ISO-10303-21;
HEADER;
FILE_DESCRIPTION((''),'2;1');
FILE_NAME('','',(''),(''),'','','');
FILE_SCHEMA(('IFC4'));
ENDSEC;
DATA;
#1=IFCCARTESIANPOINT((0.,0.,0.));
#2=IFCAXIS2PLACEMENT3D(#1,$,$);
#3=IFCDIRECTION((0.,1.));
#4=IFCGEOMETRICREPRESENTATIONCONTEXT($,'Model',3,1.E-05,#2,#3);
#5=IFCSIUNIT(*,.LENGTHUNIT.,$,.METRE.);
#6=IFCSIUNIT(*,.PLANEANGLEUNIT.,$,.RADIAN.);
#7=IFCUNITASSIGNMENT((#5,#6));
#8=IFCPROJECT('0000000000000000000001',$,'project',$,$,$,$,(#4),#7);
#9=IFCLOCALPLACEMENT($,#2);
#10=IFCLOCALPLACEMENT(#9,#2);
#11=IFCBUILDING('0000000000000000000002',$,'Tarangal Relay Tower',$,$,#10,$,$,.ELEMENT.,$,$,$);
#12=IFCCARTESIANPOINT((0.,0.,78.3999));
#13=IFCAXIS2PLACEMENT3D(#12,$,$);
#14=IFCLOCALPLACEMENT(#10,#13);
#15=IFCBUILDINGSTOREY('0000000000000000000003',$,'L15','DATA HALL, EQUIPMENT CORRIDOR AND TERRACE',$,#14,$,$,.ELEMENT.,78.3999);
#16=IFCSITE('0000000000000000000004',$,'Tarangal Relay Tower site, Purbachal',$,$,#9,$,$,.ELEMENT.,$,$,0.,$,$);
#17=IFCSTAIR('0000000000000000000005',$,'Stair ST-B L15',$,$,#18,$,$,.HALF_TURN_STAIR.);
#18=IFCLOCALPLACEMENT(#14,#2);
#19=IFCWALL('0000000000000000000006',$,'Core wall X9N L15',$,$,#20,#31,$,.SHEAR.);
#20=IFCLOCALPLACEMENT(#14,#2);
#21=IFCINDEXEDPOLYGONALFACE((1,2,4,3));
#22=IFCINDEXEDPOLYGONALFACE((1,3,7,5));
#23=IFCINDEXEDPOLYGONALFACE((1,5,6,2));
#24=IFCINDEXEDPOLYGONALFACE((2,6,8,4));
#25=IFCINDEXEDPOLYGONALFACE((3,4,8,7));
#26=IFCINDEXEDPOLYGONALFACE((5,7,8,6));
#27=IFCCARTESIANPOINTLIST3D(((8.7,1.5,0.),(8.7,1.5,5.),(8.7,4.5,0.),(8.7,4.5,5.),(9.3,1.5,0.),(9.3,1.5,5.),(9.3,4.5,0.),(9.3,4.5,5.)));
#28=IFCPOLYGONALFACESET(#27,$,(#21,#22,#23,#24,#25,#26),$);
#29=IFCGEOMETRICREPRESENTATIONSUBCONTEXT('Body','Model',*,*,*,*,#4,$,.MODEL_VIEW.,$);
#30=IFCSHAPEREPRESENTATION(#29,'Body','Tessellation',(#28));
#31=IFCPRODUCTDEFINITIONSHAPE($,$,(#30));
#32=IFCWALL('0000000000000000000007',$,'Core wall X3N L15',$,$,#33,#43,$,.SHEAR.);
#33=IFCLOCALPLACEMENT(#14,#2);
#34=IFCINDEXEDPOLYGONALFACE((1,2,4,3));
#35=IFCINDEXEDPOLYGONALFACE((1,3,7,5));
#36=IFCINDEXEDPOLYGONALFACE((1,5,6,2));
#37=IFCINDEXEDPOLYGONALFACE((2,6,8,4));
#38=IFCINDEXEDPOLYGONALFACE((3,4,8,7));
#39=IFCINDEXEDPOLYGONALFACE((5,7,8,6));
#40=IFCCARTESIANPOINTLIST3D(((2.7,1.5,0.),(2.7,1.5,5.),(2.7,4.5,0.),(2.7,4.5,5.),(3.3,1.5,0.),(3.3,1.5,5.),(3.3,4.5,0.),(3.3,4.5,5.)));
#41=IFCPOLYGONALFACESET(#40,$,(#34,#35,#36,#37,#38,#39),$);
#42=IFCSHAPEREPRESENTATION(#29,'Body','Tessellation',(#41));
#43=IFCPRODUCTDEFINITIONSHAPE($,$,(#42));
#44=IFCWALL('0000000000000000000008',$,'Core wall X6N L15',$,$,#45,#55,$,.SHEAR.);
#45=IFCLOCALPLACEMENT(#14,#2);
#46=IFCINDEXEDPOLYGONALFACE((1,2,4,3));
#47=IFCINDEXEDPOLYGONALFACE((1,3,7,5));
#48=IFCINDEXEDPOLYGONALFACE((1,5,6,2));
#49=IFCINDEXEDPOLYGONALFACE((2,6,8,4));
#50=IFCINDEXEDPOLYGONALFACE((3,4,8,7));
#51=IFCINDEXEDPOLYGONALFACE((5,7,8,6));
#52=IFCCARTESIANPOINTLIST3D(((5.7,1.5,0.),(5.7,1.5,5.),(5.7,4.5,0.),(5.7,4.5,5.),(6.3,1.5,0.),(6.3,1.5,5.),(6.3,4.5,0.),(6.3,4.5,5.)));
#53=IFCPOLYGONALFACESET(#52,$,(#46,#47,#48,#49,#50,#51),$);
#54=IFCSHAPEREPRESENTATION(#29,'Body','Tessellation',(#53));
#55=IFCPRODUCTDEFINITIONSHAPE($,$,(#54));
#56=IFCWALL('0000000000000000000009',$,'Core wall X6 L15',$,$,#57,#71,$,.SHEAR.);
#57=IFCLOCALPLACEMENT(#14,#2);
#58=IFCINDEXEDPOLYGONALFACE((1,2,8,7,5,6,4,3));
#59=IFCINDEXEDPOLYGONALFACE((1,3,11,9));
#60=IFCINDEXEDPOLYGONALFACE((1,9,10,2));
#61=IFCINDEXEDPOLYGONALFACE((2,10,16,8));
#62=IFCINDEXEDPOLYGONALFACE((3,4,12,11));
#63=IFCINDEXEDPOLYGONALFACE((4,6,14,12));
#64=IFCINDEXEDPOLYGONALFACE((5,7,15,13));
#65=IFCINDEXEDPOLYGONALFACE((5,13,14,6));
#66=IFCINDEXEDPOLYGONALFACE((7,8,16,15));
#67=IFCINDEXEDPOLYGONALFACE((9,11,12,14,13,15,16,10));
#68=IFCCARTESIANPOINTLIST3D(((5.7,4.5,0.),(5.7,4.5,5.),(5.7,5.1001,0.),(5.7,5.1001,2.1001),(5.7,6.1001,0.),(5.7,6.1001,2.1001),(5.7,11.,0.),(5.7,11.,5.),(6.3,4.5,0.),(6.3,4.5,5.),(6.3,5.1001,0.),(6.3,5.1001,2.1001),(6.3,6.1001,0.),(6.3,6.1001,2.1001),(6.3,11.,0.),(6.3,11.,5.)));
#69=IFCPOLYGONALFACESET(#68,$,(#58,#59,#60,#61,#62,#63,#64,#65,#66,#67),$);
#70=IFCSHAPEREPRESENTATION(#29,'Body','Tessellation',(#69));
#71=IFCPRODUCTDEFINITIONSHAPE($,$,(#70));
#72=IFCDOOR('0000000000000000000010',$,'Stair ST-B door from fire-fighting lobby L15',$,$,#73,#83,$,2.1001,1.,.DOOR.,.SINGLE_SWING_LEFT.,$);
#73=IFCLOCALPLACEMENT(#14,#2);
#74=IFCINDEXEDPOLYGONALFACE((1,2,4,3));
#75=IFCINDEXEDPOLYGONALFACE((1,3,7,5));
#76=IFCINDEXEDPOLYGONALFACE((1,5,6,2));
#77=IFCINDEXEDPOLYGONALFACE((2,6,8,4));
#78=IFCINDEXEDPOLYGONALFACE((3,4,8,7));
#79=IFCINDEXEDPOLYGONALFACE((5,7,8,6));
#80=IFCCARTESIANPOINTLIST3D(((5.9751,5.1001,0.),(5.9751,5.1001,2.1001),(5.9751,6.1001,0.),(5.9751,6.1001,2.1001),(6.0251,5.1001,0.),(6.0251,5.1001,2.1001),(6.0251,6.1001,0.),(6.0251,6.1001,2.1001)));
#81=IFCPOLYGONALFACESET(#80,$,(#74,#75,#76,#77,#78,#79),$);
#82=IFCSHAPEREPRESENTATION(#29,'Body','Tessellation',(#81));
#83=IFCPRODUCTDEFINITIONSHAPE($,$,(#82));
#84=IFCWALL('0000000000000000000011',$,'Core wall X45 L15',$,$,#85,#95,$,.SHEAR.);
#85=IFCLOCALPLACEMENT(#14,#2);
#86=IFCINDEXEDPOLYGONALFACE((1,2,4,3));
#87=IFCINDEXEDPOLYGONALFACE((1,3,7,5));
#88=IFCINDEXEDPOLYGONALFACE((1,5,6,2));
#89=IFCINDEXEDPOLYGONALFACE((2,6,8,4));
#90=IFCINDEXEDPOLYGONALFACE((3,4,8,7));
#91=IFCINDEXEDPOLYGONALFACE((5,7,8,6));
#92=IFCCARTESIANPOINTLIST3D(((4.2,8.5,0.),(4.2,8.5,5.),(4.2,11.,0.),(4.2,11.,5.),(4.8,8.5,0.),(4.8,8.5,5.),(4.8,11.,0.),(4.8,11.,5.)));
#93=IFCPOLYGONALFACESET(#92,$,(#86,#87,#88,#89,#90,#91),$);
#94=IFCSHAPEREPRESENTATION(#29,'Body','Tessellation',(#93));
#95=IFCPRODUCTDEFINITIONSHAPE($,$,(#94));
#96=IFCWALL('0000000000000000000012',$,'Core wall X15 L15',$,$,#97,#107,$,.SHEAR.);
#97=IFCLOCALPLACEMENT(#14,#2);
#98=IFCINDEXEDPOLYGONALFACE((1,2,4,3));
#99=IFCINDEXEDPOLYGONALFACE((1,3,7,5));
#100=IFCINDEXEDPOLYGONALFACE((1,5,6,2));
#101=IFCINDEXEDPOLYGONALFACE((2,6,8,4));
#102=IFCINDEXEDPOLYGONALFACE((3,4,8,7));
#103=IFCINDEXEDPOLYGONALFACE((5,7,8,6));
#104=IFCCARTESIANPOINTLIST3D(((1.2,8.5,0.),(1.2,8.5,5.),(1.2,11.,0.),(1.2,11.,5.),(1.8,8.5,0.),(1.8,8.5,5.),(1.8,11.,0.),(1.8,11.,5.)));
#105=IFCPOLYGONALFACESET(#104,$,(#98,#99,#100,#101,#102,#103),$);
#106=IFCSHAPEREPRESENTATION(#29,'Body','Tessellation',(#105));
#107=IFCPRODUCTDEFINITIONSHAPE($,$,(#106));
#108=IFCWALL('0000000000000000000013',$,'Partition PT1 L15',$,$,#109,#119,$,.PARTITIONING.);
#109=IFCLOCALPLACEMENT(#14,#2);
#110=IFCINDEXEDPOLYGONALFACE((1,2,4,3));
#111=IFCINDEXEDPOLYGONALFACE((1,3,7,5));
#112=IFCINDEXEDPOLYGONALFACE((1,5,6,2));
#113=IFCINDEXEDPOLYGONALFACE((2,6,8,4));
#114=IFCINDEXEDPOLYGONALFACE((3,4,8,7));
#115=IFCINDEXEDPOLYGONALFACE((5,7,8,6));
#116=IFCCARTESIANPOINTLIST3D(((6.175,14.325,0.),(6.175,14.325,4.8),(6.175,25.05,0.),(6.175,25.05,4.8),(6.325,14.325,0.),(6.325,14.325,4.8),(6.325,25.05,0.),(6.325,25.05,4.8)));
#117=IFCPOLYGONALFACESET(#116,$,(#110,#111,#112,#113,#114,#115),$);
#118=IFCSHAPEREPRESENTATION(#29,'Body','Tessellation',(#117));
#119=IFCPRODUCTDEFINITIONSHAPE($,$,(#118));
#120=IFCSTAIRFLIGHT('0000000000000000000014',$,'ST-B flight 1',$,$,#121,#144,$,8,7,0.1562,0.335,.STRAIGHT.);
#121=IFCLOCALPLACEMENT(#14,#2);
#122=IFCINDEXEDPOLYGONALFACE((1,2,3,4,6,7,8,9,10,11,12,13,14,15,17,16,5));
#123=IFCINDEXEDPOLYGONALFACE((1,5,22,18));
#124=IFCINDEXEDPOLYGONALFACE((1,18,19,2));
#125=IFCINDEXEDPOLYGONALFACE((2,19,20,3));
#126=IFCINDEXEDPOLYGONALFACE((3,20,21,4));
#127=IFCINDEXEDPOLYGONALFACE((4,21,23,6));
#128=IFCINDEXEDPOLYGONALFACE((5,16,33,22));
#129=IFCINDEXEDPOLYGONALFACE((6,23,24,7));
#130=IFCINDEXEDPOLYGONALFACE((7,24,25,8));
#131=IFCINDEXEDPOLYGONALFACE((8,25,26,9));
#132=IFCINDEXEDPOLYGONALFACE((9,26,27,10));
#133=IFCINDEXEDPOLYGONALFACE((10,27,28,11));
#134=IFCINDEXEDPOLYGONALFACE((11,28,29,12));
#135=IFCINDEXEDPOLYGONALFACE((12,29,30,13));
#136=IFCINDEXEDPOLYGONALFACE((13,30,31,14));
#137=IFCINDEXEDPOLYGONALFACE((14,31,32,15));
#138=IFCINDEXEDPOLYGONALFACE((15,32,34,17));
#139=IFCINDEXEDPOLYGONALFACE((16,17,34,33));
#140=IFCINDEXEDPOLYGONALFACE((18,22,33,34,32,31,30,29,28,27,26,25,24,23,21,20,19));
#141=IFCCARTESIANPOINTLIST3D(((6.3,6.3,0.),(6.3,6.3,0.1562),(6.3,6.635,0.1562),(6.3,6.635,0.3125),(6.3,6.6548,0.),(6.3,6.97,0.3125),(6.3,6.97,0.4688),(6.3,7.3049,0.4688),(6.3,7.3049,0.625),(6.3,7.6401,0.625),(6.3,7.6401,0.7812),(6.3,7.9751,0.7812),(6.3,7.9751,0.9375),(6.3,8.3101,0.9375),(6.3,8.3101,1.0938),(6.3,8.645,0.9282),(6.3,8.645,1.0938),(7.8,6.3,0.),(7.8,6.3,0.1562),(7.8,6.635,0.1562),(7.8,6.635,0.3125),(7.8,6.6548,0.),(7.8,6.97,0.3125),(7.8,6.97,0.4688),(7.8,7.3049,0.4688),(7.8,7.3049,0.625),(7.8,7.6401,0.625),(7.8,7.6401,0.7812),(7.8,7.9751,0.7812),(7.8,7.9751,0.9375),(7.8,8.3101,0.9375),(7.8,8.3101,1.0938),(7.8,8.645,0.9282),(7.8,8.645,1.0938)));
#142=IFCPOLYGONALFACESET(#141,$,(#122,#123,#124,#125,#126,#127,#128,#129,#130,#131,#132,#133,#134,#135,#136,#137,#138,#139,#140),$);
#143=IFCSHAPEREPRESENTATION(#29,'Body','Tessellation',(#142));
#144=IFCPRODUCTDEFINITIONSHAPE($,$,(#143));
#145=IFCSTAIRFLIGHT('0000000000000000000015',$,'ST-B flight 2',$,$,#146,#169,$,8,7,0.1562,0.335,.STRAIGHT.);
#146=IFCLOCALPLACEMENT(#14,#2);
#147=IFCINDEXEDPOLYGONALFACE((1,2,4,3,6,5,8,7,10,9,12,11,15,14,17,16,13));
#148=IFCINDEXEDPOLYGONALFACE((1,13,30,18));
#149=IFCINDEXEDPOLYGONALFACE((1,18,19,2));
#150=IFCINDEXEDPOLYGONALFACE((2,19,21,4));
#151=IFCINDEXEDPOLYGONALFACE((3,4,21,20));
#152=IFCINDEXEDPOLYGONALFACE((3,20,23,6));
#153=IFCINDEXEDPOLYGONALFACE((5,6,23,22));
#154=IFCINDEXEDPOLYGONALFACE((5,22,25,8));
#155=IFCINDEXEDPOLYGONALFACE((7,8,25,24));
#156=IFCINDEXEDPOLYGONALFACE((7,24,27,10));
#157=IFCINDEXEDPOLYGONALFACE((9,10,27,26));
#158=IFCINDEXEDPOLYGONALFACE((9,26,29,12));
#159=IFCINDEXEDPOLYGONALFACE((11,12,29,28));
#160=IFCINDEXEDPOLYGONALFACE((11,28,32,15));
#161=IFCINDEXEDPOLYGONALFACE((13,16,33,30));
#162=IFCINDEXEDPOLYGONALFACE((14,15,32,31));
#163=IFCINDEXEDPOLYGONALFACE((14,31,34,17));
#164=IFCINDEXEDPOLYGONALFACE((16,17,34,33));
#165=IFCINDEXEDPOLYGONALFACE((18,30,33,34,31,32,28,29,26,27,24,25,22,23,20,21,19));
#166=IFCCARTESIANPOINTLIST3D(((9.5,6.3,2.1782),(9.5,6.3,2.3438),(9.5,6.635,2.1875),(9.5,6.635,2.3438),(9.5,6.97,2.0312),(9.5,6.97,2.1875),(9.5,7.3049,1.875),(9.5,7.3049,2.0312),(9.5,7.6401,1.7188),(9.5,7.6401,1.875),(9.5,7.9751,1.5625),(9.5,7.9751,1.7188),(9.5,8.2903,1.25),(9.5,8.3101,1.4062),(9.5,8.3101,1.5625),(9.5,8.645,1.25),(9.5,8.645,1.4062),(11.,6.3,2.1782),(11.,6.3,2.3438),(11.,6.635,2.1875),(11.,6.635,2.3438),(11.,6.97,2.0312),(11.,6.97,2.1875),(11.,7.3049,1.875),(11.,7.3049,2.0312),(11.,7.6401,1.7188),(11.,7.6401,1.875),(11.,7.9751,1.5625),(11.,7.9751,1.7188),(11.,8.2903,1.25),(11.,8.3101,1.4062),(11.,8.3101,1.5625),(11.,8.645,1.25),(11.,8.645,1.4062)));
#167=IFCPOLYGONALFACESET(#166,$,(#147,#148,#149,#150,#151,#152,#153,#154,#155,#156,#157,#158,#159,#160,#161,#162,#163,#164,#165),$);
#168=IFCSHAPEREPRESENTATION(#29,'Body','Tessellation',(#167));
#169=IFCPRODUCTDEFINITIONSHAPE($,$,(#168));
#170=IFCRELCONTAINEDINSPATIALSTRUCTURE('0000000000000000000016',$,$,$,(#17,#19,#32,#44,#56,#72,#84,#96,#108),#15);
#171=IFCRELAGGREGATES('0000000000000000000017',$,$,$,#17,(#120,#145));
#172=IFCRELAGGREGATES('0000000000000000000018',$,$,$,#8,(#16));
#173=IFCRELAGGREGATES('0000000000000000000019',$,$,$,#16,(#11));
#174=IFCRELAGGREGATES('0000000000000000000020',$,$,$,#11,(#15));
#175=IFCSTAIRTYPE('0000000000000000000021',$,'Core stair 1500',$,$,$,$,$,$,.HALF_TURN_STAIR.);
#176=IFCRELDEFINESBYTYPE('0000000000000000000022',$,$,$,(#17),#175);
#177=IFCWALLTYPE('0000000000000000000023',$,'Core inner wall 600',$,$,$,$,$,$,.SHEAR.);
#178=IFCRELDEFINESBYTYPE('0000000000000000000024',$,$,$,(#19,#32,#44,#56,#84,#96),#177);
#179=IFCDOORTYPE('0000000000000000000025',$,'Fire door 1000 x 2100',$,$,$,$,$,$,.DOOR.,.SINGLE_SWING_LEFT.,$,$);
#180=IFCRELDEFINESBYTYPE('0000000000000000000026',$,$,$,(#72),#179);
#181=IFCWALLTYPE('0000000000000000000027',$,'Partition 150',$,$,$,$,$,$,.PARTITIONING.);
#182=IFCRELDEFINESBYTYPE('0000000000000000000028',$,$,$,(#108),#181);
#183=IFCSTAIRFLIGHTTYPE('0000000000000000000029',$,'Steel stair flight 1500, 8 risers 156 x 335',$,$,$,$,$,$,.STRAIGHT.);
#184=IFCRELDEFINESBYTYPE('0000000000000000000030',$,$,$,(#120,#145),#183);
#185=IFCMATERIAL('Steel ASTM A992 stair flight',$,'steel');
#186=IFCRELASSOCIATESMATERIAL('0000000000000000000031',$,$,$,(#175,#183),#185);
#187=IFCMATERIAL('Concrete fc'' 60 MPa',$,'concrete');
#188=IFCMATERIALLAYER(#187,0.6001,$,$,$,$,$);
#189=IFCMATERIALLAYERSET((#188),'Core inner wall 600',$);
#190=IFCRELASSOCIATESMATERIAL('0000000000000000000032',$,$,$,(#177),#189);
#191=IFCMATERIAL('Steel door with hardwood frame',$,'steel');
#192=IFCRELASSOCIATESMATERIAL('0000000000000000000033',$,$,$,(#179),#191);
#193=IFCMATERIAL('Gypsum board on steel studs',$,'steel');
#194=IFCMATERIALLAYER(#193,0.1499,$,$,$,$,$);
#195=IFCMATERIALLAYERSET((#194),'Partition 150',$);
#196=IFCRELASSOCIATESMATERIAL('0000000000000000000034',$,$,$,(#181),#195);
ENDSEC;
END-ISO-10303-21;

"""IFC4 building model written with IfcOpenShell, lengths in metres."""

from ifc_helpers import new_model, si_unit, direction, frame, frame_2d, origin, place, context, subcontext, project, spatial, polyline, rectangle, outline, extrude, material, layer, layer_set, type_object, element, fill, aggregate, save


model = new_model("IFC4")

# Units and contexts
model_context = context("Model", 3, precision=1e-05, world=origin(), true_north=direction((0.0, 1.0)))
body_context = subcontext(model_context, "Body", "Model", "MODEL_VIEW")
ifc_project = project(units=[si_unit("LENGTHUNIT", "METRE"), si_unit("PLANEANGLEUNIT", "RADIAN")], contexts=[model_context])

# Site, building, storey
site_placement = place(None, origin())
site = spatial("IfcSite", under=ifc_project, at=site_placement, Name="Tarangal Relay Tower site, Purbachal", CompositionType="ELEMENT", RefElevation=0.0)
building_placement = place(site_placement, origin())
building = spatial("IfcBuilding", under=site, at=building_placement, Name="Tarangal Relay Tower", CompositionType="ELEMENT")
storey_placement = place(building_placement, frame((0.0, 0.0, 78.3999)))
storey = spatial("IfcBuildingStorey", under=building, at=storey_placement, Name="L15", Description="DATA HALL, EQUIPMENT CORRIDOR AND TERRACE", CompositionType="ELEMENT", Elevation=78.3999)

# Stair
ifc_material_1 = material(Name="Steel ASTM A992 stair flight", Category="steel")
stair_type = type_object("IfcStairType", Name="Core stair 1500", PredefinedType="HALF_TURN_STAIR", material=ifc_material_1)
stair_1_placement = place(storey_placement, origin())
stair_1 = element("IfcStair", 1, at=stair_1_placement, inside=storey, type_object=stair_type, Name="Stair ST-B L15", PredefinedType="HALF_TURN_STAIR")

# Walls
ifc_material_2 = material(Name="Concrete fc' 60 MPa", Category="concrete")
ifc_layer_1 = layer(ifc_material_2, 0.6001)
ifc_layer_set_1 = layer_set([ifc_layer_1], Name="Core inner wall 600")
wall_type_1 = type_object("IfcWallType", Name="Core inner wall 600", PredefinedType="SHEAR", material=ifc_layer_set_1)
for number, where, z_axis, x_axis, name in (
    (2, (9.0, 1.5, 0.0), (0.0, 0.0, 1.0), (0.0, 1.0, 0.0), "Core wall X9N L15"),
    (3, (3.0, 1.5, 0.0), (0.0, 0.0, 1.0), (0.0, 1.0, 0.0), "Core wall X3N L15"),
    (4, (6.0, 1.5, 0.0), (0.0, 0.0, 1.0), (0.0, 1.0, 0.0), "Core wall X6N L15"),
):
    element("IfcWall", number, at=place(storey_placement, frame(where, z_axis=z_axis, x_axis=x_axis)), inside=storey, type_object=wall_type_1, Name=name, PredefinedType="SHEAR", context=body_context, shape_type="SweptSolid", body=[
        extrude(rectangle(XDim=3.0, YDim=0.6001, at=frame_2d((1.5, 0.0))), origin(), (0.0, 0.0, 1.0), 5.0),
    ])

# Wall, opening, door
wall_1_placement = place(storey_placement, frame((6.0, 4.5, 0.0), z_axis=(0.0, 0.0, 1.0), x_axis=(0.0, 1.0, 0.0)))
wall_1 = element("IfcWall", 5, at=wall_1_placement, inside=storey, type_object=wall_type_1, Name="Core wall X6 L15", PredefinedType="SHEAR", context=body_context, shape_type="SweptSolid", body=[
    extrude(rectangle(XDim=6.5, YDim=0.6001, at=frame_2d((3.25, 0.0))), origin(), (0.0, 0.0, 1.0), 5.0),
])
opening_placement = place(wall_1_placement, frame((0.6001, 0.0, 0.0)))
opening = element("IfcOpeningElement", 6, at=opening_placement, cuts=wall_1, PredefinedType="OPENING", context=body_context, shape_type="SweptSolid", body=[
    extrude(rectangle(XDim=1.0, YDim=2.1001, at=frame_2d((0.5, 1.05))), frame((0.0, 0.3101, 0.0), z_axis=(0.0, -1.0, 0.0), x_axis=(1.0, 0.0, 0.0)), (0.0, 0.0, 1.0), 0.6201),
])
ifc_material_3 = material(Name="Steel door with hardwood frame", Category="steel")
door_type = type_object("IfcDoorType", Name="Fire door 1000 x 2100", OperationType="SINGLE_SWING_LEFT", PredefinedType="DOOR", material=ifc_material_3)
door_placement = place(opening_placement, origin())
door = element("IfcDoor", 7, at=door_placement, inside=storey, type_object=door_type, Name="Stair ST-B door from fire-fighting lobby L15", OperationType="SINGLE_SWING_LEFT", OverallHeight=2.1001, OverallWidth=1.0, PredefinedType="DOOR", context=body_context, shape_type="SweptSolid", body=[
    extrude(rectangle(XDim=1.0, YDim=2.1001, at=frame_2d((0.5, 1.05))), frame((0.0, 0.0249, 0.0), z_axis=(0.0, -1.0, 0.0), x_axis=(1.0, 0.0, 0.0)), (0.0, 0.0, 1.0), 0.05),
])
fill(opening, door)

# Walls
for number, where, z_axis, x_axis, name in (
    (8, (4.5, 8.5, 0.0), (0.0, 0.0, 1.0), (0.0, 1.0, 0.0), "Core wall X45 L15"),
    (9, (1.5, 8.5, 0.0), (0.0, 0.0, 1.0), (0.0, 1.0, 0.0), "Core wall X15 L15"),
):
    element("IfcWall", number, at=place(storey_placement, frame(where, z_axis=z_axis, x_axis=x_axis)), inside=storey, type_object=wall_type_1, Name=name, PredefinedType="SHEAR", context=body_context, shape_type="SweptSolid", body=[
        extrude(rectangle(XDim=2.5, YDim=0.6001, at=frame_2d((1.25, 0.0))), origin(), (0.0, 0.0, 1.0), 5.0),
    ])
ifc_material_4 = material(Name="Gypsum board on steel studs", Category="steel")
ifc_layer_2 = layer(ifc_material_4, 0.1499)
ifc_layer_set_2 = layer_set([ifc_layer_2], Name="Partition 150")
wall_type_2 = type_object("IfcWallType", Name="Partition 150", PredefinedType="PARTITIONING", material=ifc_layer_set_2)
wall_2_placement = place(storey_placement, frame((6.25, 14.325, 0.0), z_axis=(0.0, 0.0, 1.0), x_axis=(0.0, 1.0, 0.0)))
element("IfcWall", 10, at=wall_2_placement, inside=storey, type_object=wall_type_2, Name="Partition PT1 L15", PredefinedType="PARTITIONING", context=body_context, shape_type="SweptSolid", body=[
    extrude(rectangle(XDim=10.7251, YDim=0.1499, at=frame_2d((5.3625, 0.0))), origin(), (0.0, 0.0, 1.0), 4.8),
])

# Stair flights
stair_flight_type = type_object("IfcStairFlightType", Name="Steel stair flight 1500, 8 risers 156 x 335", PredefinedType="STRAIGHT", material=ifc_material_1)
stair_flight_1_placement = place(storey_placement, frame((7.05, 6.3, 0.0), z_axis=(0.0, 0.0, 1.0), x_axis=(0.0, 1.0, 0.0)))
stair_flight_1 = element("IfcStairFlight", 11, at=stair_flight_1_placement, type_object=stair_flight_type, Name="ST-B flight 1", NumberOfRisers=8, NumberOfTreads=7, PredefinedType="STRAIGHT", RiserHeight=0.1562, TreadLength=0.335, context=body_context, shape_type="SweptSolid", body=[
    extrude(outline(polyline([(0.0, 0.0), (0.0, 0.1562), (0.335, 0.1562), (0.335, 0.3125), (0.6699, 0.3125), (0.6699, 0.4688), (1.0049, 0.4688), (1.0049, 0.625), (1.3401, 0.625), (1.3401, 0.7812), (1.675, 0.7812), (1.675, 0.9375), (2.01, 0.9375), (2.01, 1.0938), (2.345, 1.0938), (2.345, 1.25), (2.345, 0.9282), (0.3547, 0.0), (0.0, 0.0)])), frame((0.0, 0.75, 0.0), z_axis=(0.0, -1.0, 0.0), x_axis=(1.0, 0.0, 0.0)), (0.0, 0.0, 1.0), 1.5),
])
stair_flight_2_placement = place(storey_placement, frame((10.25, 8.645, 1.25), z_axis=(0.0, 0.0, 1.0), x_axis=(0.0, -1.0, 0.0)))
stair_flight_2 = element("IfcStairFlight", 12, at=stair_flight_2_placement, type_object=stair_flight_type, Name="ST-B flight 2", NumberOfRisers=8, NumberOfTreads=7, PredefinedType="STRAIGHT", RiserHeight=0.1562, TreadLength=0.335, context=body_context, shape_type="SweptSolid", body=[
    extrude(outline(polyline([(0.0, 0.0), (0.0, 0.1562), (0.335, 0.1562), (0.335, 0.3125), (0.6699, 0.3125), (0.6699, 0.4688), (1.0049, 0.4688), (1.0049, 0.625), (1.3401, 0.625), (1.3401, 0.7812), (1.675, 0.7812), (1.675, 0.9375), (2.01, 0.9375), (2.01, 1.0938), (2.345, 1.0938), (2.345, 1.25), (2.345, 0.9282), (0.3547, 0.0), (0.0, 0.0)])), frame((0.0, 0.75, 0.0), z_axis=(0.0, -1.0, 0.0), x_axis=(1.0, 0.0, 0.0)), (0.0, 0.0, 1.0), 1.5),
])
aggregate(stair_1, [stair_flight_1, stair_flight_2])

save(model, "model.ifc")
